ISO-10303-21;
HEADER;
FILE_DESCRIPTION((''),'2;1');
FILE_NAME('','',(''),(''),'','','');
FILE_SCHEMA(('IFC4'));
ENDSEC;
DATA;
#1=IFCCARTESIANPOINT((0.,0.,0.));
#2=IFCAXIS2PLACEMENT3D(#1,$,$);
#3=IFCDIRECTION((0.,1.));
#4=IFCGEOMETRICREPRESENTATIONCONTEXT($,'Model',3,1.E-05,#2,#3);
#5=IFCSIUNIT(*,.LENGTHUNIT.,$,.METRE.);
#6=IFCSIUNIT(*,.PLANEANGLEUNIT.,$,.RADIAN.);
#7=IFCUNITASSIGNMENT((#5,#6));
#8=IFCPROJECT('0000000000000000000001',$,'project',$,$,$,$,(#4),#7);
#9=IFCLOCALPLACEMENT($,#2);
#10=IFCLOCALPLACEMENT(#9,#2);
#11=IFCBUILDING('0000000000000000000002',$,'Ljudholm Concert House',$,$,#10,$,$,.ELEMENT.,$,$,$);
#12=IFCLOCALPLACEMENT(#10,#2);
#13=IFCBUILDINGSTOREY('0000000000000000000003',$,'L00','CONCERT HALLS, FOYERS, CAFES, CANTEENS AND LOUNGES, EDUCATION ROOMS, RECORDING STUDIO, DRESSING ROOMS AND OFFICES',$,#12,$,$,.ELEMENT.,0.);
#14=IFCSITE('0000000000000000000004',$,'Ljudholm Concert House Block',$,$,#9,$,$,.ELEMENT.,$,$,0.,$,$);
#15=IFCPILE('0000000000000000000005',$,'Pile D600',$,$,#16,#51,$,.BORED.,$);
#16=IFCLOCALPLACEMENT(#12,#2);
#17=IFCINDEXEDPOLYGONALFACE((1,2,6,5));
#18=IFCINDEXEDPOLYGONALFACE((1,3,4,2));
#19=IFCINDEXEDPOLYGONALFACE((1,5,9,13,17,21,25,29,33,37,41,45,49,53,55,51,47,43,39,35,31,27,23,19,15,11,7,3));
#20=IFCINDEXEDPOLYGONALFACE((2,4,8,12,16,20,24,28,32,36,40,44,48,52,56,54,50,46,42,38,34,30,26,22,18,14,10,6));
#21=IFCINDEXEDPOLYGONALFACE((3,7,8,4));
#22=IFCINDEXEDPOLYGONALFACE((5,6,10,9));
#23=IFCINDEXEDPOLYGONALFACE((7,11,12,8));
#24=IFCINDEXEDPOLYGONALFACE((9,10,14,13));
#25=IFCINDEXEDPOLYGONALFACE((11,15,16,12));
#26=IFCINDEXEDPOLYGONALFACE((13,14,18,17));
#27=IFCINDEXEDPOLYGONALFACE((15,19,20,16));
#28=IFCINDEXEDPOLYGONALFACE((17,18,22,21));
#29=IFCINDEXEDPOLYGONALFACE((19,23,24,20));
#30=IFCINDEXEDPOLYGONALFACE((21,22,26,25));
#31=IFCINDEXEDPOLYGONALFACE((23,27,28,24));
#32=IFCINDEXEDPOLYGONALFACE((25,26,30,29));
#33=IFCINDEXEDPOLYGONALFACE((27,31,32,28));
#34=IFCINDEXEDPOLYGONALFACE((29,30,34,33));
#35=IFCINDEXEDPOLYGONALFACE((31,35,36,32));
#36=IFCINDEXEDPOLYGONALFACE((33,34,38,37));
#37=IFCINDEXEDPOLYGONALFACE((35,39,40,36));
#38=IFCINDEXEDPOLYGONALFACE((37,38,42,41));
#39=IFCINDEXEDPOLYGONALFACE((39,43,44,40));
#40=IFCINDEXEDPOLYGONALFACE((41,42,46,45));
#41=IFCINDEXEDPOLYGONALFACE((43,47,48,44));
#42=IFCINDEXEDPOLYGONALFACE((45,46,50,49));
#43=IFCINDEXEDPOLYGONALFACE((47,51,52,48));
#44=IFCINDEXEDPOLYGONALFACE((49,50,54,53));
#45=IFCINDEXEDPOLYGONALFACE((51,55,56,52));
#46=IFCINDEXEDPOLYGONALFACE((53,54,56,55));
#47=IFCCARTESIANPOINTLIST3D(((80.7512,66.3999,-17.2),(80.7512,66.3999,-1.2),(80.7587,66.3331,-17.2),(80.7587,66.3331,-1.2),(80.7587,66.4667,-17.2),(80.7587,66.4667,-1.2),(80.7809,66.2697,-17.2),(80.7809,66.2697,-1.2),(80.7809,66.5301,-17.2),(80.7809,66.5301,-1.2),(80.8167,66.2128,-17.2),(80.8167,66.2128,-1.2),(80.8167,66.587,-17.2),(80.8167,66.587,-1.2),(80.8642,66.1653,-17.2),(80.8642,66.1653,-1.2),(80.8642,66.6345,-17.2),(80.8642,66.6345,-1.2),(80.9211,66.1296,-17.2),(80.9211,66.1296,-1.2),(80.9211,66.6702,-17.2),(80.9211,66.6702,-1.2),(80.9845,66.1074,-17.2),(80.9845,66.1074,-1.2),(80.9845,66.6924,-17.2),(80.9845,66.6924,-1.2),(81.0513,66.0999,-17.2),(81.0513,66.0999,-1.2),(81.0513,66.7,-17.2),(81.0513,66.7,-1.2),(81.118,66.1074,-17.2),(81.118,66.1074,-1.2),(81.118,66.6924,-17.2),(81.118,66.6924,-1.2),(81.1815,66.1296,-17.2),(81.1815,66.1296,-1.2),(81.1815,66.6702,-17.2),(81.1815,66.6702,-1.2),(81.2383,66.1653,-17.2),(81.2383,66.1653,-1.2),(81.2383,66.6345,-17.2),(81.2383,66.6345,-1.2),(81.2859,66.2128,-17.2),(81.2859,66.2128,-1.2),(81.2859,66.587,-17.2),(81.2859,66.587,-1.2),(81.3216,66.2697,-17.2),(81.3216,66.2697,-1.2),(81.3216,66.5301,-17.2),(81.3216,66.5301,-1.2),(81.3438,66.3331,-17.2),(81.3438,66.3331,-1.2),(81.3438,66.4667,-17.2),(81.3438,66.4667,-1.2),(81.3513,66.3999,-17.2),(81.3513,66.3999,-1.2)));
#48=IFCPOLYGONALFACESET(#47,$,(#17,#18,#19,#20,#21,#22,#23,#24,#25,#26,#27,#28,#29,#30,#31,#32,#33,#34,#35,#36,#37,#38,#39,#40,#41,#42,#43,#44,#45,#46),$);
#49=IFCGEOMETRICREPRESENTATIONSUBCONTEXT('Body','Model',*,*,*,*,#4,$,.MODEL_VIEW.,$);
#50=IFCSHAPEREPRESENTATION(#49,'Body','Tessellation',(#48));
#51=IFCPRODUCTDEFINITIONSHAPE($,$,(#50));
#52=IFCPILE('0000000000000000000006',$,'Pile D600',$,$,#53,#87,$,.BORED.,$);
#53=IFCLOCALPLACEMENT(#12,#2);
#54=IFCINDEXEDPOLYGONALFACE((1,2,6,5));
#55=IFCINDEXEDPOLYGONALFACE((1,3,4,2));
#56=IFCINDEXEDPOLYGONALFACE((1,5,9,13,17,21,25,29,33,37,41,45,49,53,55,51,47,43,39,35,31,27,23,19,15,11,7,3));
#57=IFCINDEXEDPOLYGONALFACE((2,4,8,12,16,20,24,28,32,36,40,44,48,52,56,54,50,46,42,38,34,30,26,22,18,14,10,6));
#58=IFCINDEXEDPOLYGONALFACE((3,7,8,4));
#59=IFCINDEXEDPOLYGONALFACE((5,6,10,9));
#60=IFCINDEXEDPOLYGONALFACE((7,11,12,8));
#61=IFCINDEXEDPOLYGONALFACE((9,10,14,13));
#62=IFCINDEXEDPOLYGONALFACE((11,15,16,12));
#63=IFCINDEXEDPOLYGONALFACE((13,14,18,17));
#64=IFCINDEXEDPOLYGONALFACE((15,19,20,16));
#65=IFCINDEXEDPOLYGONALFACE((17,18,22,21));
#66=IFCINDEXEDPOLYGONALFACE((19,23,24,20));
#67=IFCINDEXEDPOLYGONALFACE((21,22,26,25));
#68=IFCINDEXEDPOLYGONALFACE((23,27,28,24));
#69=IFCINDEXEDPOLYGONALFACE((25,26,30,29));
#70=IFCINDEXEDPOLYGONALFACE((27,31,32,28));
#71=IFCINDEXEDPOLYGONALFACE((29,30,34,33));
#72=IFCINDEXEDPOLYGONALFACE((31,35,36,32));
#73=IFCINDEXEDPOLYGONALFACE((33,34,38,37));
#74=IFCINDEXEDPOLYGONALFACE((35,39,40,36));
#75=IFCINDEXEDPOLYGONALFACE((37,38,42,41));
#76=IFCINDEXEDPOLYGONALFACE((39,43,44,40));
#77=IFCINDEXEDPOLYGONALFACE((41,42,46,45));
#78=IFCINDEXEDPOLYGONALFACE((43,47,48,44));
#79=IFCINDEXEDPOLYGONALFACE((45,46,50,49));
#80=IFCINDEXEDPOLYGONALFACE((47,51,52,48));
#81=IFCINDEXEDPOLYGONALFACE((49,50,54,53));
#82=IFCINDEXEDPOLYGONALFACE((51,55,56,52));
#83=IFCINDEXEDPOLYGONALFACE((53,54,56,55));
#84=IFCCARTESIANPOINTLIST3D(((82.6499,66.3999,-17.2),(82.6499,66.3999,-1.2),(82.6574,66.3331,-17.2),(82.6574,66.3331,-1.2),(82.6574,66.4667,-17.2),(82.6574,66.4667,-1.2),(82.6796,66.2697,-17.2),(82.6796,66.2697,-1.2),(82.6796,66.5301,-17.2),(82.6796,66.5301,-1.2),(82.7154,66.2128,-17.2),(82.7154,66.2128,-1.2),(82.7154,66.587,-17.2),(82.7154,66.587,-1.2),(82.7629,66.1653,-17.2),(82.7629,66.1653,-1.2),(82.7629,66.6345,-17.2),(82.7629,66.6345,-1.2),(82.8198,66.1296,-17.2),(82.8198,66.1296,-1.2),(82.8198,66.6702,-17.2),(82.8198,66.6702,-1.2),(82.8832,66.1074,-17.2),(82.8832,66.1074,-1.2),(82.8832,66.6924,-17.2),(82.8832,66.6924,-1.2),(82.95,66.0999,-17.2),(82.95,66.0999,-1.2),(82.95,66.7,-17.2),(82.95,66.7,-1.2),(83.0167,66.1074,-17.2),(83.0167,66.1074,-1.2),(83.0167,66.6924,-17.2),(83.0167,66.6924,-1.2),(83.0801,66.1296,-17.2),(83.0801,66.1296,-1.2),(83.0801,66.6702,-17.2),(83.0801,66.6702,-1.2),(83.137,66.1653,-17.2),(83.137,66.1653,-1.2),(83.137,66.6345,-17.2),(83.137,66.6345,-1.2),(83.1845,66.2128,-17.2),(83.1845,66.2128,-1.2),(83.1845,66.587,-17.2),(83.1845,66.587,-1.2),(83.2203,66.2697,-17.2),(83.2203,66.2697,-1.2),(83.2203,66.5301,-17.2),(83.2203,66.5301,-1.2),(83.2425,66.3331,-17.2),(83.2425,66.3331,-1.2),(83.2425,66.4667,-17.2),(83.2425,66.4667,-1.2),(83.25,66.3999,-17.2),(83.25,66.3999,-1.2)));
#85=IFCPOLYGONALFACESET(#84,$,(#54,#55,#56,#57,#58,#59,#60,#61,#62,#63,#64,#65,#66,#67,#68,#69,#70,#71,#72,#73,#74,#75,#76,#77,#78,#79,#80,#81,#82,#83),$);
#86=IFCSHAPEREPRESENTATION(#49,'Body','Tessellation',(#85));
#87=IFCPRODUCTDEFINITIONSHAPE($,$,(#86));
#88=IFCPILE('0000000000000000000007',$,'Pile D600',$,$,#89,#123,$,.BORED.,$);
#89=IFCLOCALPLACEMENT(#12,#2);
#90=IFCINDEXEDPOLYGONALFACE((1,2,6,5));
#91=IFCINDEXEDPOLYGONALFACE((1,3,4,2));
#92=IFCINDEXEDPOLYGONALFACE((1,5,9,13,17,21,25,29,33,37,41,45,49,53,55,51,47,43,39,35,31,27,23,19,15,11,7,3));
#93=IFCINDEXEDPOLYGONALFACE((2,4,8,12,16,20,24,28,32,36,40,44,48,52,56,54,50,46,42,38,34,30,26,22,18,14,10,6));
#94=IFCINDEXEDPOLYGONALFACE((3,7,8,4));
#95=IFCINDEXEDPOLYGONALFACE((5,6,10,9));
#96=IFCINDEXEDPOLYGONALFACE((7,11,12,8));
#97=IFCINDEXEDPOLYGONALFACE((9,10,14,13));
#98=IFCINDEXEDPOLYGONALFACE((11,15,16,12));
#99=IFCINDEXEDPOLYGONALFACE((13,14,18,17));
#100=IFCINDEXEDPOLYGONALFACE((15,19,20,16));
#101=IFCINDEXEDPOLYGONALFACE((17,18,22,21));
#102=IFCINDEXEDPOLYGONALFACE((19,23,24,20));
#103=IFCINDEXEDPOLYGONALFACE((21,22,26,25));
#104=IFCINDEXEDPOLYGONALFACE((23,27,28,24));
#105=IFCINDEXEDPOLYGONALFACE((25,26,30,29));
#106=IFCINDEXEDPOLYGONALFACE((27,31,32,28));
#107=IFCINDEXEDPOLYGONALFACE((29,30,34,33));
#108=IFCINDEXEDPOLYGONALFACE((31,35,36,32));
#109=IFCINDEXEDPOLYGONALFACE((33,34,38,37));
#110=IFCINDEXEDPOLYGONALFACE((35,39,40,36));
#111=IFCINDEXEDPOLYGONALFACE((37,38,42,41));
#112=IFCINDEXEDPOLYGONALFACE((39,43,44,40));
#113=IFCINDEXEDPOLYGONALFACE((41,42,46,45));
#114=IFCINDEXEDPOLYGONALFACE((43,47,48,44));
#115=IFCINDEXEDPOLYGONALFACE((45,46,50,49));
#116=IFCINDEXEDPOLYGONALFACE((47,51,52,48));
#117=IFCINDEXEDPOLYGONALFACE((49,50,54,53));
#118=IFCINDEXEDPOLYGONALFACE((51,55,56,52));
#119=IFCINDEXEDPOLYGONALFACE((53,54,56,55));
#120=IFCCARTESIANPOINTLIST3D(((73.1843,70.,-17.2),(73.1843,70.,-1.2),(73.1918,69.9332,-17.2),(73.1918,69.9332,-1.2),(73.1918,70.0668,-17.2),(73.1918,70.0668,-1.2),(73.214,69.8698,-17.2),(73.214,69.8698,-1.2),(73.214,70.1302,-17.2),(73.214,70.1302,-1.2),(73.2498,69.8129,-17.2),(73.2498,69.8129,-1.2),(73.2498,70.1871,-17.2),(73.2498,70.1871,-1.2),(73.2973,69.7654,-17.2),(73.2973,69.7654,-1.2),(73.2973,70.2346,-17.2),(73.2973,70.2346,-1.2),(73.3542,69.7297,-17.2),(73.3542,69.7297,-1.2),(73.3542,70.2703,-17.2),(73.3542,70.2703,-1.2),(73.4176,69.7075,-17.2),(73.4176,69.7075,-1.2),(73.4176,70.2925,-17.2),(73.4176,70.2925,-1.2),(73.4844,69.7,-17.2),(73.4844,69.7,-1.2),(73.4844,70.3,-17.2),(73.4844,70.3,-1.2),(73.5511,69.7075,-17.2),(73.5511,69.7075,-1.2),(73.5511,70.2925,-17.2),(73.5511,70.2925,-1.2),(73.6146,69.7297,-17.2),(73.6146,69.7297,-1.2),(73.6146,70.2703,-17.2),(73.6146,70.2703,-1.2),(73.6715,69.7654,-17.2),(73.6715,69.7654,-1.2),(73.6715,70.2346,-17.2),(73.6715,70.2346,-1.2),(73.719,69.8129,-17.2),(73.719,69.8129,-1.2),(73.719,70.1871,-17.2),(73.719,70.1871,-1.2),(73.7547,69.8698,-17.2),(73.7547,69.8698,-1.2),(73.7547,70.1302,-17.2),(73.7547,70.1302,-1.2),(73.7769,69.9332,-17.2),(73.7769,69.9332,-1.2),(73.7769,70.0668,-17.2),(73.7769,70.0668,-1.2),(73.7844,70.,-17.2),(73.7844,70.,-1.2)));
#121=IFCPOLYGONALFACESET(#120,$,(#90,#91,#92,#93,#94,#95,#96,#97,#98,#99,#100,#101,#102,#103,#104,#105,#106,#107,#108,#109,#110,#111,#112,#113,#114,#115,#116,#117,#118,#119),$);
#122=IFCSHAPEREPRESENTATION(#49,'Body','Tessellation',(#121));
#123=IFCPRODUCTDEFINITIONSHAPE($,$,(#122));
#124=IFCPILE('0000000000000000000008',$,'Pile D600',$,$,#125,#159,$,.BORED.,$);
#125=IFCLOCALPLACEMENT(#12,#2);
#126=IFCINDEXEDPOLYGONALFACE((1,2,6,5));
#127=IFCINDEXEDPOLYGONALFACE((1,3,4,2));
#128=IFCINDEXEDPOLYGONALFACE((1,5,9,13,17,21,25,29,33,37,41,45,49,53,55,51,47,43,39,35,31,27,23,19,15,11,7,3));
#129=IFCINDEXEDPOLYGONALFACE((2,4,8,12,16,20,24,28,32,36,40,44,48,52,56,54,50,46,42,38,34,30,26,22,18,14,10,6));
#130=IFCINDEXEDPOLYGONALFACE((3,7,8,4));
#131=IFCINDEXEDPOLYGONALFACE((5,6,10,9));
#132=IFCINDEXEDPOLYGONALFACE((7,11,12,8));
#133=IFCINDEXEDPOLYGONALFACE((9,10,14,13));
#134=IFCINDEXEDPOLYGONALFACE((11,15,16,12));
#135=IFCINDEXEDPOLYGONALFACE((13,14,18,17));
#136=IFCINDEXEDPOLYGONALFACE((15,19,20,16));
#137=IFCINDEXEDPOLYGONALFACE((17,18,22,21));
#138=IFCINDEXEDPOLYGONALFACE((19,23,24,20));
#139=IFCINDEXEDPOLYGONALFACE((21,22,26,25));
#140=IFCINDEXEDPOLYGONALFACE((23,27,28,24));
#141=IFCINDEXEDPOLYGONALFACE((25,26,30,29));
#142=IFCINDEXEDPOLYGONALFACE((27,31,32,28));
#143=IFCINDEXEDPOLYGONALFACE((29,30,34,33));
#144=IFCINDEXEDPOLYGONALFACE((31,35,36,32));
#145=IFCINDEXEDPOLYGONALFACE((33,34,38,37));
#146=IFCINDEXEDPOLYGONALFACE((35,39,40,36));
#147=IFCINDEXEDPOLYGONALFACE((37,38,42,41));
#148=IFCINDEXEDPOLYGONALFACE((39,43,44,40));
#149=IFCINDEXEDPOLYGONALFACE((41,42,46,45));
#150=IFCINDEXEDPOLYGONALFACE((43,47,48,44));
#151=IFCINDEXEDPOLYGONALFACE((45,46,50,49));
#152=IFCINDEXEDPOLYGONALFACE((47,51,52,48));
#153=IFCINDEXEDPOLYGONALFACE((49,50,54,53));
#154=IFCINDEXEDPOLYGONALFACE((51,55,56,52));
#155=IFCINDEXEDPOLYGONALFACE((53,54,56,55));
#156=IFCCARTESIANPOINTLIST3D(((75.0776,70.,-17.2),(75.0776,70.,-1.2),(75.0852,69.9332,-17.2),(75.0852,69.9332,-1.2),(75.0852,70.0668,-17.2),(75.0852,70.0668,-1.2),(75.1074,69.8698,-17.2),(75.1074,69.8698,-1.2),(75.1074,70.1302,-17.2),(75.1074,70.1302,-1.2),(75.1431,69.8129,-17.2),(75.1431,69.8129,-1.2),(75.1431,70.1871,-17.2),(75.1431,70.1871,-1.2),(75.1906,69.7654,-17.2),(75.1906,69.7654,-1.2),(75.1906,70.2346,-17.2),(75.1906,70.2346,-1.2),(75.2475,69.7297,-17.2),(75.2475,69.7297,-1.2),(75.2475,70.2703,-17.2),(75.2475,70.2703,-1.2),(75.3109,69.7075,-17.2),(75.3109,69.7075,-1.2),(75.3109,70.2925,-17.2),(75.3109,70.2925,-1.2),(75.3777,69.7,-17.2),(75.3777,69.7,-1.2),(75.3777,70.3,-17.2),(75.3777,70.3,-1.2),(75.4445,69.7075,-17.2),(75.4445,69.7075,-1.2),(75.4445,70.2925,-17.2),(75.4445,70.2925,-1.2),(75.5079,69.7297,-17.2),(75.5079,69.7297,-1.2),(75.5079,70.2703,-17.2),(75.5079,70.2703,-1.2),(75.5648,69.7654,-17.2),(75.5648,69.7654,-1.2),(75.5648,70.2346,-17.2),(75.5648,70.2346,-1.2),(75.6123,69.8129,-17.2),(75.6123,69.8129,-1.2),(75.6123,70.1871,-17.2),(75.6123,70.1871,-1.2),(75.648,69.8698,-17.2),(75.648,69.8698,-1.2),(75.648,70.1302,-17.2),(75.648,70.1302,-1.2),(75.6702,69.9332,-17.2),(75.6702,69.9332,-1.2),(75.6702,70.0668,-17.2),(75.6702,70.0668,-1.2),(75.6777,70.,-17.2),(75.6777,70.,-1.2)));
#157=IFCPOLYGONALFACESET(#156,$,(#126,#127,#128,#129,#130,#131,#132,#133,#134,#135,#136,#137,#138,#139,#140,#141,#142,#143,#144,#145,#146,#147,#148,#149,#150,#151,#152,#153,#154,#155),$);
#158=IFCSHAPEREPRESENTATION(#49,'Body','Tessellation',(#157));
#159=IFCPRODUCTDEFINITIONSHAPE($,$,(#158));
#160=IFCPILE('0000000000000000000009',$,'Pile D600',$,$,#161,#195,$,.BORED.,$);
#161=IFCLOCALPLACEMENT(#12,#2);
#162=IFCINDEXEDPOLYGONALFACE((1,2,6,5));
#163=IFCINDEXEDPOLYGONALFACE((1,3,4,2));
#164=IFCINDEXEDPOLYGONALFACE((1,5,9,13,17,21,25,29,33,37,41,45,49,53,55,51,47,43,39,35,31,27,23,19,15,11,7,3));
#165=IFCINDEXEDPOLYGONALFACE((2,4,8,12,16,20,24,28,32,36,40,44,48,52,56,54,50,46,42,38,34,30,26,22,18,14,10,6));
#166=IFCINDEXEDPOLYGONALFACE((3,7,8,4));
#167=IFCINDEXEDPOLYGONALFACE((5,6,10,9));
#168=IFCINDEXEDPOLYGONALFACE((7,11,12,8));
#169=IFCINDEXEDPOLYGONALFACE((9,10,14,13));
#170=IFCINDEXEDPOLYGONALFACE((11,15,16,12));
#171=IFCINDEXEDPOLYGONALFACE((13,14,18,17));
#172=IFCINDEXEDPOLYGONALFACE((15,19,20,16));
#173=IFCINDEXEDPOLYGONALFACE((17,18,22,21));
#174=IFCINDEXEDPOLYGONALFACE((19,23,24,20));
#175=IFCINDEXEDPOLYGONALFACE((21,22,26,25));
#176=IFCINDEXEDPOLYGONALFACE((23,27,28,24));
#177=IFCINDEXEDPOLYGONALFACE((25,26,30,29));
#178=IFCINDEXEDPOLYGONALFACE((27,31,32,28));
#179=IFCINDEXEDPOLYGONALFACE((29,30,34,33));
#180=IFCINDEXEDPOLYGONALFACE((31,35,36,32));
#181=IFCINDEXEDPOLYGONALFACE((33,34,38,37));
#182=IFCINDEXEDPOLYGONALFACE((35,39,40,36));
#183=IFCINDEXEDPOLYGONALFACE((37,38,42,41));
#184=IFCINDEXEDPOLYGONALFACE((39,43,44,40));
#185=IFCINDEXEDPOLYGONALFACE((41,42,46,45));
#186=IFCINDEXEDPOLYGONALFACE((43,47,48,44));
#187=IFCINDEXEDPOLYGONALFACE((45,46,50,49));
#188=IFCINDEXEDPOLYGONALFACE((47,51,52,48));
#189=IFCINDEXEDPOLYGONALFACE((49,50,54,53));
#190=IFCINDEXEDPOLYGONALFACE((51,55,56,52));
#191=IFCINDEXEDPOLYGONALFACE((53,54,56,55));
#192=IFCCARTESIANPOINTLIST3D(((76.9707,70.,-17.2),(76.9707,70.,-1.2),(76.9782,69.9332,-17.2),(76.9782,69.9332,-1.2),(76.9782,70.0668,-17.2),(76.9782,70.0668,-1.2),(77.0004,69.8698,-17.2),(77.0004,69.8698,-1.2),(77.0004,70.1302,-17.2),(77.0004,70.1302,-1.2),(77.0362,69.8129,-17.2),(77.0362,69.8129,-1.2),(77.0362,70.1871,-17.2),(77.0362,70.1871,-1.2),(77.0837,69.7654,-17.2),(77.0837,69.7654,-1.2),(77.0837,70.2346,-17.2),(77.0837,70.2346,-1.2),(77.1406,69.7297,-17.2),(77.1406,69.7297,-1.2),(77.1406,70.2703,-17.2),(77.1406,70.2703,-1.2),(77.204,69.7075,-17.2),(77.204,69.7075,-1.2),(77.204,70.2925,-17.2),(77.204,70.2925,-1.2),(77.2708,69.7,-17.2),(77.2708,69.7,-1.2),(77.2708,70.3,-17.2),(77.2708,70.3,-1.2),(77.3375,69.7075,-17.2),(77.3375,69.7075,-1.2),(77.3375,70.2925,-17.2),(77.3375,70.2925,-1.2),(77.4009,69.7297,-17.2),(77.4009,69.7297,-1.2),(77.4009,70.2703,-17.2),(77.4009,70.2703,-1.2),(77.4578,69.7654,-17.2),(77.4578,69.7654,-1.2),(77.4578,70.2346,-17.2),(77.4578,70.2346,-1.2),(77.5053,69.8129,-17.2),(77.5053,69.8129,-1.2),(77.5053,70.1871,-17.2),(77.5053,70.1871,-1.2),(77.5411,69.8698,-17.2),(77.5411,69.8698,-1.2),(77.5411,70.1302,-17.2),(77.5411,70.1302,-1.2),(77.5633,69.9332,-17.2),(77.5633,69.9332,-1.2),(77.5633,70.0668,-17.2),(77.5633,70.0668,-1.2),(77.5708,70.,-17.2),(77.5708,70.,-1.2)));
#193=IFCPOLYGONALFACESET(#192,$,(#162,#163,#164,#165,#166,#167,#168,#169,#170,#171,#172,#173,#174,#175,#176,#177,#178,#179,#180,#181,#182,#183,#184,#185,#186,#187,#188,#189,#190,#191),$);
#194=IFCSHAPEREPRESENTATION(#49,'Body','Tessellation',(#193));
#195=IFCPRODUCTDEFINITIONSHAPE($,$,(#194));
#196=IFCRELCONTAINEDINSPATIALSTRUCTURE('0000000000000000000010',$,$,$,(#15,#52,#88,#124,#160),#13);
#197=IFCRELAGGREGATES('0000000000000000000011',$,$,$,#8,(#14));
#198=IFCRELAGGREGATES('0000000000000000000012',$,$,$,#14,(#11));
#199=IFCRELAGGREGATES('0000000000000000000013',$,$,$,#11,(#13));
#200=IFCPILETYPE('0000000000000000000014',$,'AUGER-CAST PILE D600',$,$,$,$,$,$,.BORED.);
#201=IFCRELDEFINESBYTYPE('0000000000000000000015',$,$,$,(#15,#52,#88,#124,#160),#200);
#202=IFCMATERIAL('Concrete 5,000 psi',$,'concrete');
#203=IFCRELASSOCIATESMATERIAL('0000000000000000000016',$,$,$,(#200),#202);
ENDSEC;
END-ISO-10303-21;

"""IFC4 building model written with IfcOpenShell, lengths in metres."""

from ifc_helpers import new_model, si_unit, direction, frame, origin, origin_2d, place, context, subcontext, project, spatial, circle, extrude, material, material_profile, profile_set, type_object, element, save


model = new_model("IFC4")

# Units and contexts
model_context = context("Model", 3, precision=1e-05, world=origin(), true_north=direction((0.0, 1.0)))
body_context = subcontext(model_context, "Body", "Model", "MODEL_VIEW")
ifc_project = project(units=[si_unit("LENGTHUNIT", "METRE"), si_unit("PLANEANGLEUNIT", "RADIAN")], contexts=[model_context])

# Site, building, storey
site_placement = place(None, origin())
site = spatial("IfcSite", under=ifc_project, at=site_placement, Name="Ljudholm Concert House Block", CompositionType="ELEMENT", RefElevation=0.0)
building_placement = place(site_placement, origin())
building = spatial("IfcBuilding", under=site, at=building_placement, Name="Ljudholm Concert House", CompositionType="ELEMENT")
storey_placement = place(building_placement, origin())
storey = spatial("IfcBuildingStorey", under=building, at=storey_placement, Name="L00", Description="CONCERT HALLS, FOYERS, CAFES, CANTEENS AND LOUNGES, EDUCATION ROOMS, RECORDING STUDIO, DRESSING ROOMS AND OFFICES", CompositionType="ELEMENT", Elevation=0.0)

# Piles
ifc_material_1 = material(Name="Concrete 5,000 psi", Category="concrete")
ifc_material_profile = material_profile(ifc_material_1, circle(Radius=0.3, at=origin_2d()), Name="AUGER-CAST PILE D600")
ifc_profile_set = profile_set([ifc_material_profile], Name="Concrete 5,000 psi")
pile_type = type_object("IfcPileType", Name="AUGER-CAST PILE D600", PredefinedType="BORED", material=ifc_profile_set)
for number, where, z_axis, x_axis, name in (
    (1, (81.0513, 66.3999, -1.2), (0.0, 0.0, -1.0), (1.0, 0.0, 0.0), "Pile D600"),
    (2, (82.95, 66.3999, -1.2), (0.0, 0.0, -1.0), (1.0, 0.0, 0.0), "Pile D600"),
    (3, (73.4844, 70.0, -1.2), (0.0, 0.0, -1.0), (1.0, 0.0, 0.0), "Pile D600"),
    (4, (75.3777, 70.0, -1.2), (0.0, 0.0, -1.0), (1.0, 0.0, 0.0), "Pile D600"),
    (5, (77.2708, 70.0, -1.2), (0.0, 0.0, -1.0), (1.0, 0.0, 0.0), "Pile D600"),
):
    element("IfcPile", number, at=place(storey_placement, frame(where, z_axis=z_axis, x_axis=x_axis)), inside=storey, type_object=pile_type, Name=name, PredefinedType="BORED", context=body_context, shape_type="SweptSolid", body=[
        extrude(circle(Radius=0.3, at=origin_2d()), origin(), (0.0, 0.0, 1.0), 16.0),
    ])

save(model, "model.ifc")
